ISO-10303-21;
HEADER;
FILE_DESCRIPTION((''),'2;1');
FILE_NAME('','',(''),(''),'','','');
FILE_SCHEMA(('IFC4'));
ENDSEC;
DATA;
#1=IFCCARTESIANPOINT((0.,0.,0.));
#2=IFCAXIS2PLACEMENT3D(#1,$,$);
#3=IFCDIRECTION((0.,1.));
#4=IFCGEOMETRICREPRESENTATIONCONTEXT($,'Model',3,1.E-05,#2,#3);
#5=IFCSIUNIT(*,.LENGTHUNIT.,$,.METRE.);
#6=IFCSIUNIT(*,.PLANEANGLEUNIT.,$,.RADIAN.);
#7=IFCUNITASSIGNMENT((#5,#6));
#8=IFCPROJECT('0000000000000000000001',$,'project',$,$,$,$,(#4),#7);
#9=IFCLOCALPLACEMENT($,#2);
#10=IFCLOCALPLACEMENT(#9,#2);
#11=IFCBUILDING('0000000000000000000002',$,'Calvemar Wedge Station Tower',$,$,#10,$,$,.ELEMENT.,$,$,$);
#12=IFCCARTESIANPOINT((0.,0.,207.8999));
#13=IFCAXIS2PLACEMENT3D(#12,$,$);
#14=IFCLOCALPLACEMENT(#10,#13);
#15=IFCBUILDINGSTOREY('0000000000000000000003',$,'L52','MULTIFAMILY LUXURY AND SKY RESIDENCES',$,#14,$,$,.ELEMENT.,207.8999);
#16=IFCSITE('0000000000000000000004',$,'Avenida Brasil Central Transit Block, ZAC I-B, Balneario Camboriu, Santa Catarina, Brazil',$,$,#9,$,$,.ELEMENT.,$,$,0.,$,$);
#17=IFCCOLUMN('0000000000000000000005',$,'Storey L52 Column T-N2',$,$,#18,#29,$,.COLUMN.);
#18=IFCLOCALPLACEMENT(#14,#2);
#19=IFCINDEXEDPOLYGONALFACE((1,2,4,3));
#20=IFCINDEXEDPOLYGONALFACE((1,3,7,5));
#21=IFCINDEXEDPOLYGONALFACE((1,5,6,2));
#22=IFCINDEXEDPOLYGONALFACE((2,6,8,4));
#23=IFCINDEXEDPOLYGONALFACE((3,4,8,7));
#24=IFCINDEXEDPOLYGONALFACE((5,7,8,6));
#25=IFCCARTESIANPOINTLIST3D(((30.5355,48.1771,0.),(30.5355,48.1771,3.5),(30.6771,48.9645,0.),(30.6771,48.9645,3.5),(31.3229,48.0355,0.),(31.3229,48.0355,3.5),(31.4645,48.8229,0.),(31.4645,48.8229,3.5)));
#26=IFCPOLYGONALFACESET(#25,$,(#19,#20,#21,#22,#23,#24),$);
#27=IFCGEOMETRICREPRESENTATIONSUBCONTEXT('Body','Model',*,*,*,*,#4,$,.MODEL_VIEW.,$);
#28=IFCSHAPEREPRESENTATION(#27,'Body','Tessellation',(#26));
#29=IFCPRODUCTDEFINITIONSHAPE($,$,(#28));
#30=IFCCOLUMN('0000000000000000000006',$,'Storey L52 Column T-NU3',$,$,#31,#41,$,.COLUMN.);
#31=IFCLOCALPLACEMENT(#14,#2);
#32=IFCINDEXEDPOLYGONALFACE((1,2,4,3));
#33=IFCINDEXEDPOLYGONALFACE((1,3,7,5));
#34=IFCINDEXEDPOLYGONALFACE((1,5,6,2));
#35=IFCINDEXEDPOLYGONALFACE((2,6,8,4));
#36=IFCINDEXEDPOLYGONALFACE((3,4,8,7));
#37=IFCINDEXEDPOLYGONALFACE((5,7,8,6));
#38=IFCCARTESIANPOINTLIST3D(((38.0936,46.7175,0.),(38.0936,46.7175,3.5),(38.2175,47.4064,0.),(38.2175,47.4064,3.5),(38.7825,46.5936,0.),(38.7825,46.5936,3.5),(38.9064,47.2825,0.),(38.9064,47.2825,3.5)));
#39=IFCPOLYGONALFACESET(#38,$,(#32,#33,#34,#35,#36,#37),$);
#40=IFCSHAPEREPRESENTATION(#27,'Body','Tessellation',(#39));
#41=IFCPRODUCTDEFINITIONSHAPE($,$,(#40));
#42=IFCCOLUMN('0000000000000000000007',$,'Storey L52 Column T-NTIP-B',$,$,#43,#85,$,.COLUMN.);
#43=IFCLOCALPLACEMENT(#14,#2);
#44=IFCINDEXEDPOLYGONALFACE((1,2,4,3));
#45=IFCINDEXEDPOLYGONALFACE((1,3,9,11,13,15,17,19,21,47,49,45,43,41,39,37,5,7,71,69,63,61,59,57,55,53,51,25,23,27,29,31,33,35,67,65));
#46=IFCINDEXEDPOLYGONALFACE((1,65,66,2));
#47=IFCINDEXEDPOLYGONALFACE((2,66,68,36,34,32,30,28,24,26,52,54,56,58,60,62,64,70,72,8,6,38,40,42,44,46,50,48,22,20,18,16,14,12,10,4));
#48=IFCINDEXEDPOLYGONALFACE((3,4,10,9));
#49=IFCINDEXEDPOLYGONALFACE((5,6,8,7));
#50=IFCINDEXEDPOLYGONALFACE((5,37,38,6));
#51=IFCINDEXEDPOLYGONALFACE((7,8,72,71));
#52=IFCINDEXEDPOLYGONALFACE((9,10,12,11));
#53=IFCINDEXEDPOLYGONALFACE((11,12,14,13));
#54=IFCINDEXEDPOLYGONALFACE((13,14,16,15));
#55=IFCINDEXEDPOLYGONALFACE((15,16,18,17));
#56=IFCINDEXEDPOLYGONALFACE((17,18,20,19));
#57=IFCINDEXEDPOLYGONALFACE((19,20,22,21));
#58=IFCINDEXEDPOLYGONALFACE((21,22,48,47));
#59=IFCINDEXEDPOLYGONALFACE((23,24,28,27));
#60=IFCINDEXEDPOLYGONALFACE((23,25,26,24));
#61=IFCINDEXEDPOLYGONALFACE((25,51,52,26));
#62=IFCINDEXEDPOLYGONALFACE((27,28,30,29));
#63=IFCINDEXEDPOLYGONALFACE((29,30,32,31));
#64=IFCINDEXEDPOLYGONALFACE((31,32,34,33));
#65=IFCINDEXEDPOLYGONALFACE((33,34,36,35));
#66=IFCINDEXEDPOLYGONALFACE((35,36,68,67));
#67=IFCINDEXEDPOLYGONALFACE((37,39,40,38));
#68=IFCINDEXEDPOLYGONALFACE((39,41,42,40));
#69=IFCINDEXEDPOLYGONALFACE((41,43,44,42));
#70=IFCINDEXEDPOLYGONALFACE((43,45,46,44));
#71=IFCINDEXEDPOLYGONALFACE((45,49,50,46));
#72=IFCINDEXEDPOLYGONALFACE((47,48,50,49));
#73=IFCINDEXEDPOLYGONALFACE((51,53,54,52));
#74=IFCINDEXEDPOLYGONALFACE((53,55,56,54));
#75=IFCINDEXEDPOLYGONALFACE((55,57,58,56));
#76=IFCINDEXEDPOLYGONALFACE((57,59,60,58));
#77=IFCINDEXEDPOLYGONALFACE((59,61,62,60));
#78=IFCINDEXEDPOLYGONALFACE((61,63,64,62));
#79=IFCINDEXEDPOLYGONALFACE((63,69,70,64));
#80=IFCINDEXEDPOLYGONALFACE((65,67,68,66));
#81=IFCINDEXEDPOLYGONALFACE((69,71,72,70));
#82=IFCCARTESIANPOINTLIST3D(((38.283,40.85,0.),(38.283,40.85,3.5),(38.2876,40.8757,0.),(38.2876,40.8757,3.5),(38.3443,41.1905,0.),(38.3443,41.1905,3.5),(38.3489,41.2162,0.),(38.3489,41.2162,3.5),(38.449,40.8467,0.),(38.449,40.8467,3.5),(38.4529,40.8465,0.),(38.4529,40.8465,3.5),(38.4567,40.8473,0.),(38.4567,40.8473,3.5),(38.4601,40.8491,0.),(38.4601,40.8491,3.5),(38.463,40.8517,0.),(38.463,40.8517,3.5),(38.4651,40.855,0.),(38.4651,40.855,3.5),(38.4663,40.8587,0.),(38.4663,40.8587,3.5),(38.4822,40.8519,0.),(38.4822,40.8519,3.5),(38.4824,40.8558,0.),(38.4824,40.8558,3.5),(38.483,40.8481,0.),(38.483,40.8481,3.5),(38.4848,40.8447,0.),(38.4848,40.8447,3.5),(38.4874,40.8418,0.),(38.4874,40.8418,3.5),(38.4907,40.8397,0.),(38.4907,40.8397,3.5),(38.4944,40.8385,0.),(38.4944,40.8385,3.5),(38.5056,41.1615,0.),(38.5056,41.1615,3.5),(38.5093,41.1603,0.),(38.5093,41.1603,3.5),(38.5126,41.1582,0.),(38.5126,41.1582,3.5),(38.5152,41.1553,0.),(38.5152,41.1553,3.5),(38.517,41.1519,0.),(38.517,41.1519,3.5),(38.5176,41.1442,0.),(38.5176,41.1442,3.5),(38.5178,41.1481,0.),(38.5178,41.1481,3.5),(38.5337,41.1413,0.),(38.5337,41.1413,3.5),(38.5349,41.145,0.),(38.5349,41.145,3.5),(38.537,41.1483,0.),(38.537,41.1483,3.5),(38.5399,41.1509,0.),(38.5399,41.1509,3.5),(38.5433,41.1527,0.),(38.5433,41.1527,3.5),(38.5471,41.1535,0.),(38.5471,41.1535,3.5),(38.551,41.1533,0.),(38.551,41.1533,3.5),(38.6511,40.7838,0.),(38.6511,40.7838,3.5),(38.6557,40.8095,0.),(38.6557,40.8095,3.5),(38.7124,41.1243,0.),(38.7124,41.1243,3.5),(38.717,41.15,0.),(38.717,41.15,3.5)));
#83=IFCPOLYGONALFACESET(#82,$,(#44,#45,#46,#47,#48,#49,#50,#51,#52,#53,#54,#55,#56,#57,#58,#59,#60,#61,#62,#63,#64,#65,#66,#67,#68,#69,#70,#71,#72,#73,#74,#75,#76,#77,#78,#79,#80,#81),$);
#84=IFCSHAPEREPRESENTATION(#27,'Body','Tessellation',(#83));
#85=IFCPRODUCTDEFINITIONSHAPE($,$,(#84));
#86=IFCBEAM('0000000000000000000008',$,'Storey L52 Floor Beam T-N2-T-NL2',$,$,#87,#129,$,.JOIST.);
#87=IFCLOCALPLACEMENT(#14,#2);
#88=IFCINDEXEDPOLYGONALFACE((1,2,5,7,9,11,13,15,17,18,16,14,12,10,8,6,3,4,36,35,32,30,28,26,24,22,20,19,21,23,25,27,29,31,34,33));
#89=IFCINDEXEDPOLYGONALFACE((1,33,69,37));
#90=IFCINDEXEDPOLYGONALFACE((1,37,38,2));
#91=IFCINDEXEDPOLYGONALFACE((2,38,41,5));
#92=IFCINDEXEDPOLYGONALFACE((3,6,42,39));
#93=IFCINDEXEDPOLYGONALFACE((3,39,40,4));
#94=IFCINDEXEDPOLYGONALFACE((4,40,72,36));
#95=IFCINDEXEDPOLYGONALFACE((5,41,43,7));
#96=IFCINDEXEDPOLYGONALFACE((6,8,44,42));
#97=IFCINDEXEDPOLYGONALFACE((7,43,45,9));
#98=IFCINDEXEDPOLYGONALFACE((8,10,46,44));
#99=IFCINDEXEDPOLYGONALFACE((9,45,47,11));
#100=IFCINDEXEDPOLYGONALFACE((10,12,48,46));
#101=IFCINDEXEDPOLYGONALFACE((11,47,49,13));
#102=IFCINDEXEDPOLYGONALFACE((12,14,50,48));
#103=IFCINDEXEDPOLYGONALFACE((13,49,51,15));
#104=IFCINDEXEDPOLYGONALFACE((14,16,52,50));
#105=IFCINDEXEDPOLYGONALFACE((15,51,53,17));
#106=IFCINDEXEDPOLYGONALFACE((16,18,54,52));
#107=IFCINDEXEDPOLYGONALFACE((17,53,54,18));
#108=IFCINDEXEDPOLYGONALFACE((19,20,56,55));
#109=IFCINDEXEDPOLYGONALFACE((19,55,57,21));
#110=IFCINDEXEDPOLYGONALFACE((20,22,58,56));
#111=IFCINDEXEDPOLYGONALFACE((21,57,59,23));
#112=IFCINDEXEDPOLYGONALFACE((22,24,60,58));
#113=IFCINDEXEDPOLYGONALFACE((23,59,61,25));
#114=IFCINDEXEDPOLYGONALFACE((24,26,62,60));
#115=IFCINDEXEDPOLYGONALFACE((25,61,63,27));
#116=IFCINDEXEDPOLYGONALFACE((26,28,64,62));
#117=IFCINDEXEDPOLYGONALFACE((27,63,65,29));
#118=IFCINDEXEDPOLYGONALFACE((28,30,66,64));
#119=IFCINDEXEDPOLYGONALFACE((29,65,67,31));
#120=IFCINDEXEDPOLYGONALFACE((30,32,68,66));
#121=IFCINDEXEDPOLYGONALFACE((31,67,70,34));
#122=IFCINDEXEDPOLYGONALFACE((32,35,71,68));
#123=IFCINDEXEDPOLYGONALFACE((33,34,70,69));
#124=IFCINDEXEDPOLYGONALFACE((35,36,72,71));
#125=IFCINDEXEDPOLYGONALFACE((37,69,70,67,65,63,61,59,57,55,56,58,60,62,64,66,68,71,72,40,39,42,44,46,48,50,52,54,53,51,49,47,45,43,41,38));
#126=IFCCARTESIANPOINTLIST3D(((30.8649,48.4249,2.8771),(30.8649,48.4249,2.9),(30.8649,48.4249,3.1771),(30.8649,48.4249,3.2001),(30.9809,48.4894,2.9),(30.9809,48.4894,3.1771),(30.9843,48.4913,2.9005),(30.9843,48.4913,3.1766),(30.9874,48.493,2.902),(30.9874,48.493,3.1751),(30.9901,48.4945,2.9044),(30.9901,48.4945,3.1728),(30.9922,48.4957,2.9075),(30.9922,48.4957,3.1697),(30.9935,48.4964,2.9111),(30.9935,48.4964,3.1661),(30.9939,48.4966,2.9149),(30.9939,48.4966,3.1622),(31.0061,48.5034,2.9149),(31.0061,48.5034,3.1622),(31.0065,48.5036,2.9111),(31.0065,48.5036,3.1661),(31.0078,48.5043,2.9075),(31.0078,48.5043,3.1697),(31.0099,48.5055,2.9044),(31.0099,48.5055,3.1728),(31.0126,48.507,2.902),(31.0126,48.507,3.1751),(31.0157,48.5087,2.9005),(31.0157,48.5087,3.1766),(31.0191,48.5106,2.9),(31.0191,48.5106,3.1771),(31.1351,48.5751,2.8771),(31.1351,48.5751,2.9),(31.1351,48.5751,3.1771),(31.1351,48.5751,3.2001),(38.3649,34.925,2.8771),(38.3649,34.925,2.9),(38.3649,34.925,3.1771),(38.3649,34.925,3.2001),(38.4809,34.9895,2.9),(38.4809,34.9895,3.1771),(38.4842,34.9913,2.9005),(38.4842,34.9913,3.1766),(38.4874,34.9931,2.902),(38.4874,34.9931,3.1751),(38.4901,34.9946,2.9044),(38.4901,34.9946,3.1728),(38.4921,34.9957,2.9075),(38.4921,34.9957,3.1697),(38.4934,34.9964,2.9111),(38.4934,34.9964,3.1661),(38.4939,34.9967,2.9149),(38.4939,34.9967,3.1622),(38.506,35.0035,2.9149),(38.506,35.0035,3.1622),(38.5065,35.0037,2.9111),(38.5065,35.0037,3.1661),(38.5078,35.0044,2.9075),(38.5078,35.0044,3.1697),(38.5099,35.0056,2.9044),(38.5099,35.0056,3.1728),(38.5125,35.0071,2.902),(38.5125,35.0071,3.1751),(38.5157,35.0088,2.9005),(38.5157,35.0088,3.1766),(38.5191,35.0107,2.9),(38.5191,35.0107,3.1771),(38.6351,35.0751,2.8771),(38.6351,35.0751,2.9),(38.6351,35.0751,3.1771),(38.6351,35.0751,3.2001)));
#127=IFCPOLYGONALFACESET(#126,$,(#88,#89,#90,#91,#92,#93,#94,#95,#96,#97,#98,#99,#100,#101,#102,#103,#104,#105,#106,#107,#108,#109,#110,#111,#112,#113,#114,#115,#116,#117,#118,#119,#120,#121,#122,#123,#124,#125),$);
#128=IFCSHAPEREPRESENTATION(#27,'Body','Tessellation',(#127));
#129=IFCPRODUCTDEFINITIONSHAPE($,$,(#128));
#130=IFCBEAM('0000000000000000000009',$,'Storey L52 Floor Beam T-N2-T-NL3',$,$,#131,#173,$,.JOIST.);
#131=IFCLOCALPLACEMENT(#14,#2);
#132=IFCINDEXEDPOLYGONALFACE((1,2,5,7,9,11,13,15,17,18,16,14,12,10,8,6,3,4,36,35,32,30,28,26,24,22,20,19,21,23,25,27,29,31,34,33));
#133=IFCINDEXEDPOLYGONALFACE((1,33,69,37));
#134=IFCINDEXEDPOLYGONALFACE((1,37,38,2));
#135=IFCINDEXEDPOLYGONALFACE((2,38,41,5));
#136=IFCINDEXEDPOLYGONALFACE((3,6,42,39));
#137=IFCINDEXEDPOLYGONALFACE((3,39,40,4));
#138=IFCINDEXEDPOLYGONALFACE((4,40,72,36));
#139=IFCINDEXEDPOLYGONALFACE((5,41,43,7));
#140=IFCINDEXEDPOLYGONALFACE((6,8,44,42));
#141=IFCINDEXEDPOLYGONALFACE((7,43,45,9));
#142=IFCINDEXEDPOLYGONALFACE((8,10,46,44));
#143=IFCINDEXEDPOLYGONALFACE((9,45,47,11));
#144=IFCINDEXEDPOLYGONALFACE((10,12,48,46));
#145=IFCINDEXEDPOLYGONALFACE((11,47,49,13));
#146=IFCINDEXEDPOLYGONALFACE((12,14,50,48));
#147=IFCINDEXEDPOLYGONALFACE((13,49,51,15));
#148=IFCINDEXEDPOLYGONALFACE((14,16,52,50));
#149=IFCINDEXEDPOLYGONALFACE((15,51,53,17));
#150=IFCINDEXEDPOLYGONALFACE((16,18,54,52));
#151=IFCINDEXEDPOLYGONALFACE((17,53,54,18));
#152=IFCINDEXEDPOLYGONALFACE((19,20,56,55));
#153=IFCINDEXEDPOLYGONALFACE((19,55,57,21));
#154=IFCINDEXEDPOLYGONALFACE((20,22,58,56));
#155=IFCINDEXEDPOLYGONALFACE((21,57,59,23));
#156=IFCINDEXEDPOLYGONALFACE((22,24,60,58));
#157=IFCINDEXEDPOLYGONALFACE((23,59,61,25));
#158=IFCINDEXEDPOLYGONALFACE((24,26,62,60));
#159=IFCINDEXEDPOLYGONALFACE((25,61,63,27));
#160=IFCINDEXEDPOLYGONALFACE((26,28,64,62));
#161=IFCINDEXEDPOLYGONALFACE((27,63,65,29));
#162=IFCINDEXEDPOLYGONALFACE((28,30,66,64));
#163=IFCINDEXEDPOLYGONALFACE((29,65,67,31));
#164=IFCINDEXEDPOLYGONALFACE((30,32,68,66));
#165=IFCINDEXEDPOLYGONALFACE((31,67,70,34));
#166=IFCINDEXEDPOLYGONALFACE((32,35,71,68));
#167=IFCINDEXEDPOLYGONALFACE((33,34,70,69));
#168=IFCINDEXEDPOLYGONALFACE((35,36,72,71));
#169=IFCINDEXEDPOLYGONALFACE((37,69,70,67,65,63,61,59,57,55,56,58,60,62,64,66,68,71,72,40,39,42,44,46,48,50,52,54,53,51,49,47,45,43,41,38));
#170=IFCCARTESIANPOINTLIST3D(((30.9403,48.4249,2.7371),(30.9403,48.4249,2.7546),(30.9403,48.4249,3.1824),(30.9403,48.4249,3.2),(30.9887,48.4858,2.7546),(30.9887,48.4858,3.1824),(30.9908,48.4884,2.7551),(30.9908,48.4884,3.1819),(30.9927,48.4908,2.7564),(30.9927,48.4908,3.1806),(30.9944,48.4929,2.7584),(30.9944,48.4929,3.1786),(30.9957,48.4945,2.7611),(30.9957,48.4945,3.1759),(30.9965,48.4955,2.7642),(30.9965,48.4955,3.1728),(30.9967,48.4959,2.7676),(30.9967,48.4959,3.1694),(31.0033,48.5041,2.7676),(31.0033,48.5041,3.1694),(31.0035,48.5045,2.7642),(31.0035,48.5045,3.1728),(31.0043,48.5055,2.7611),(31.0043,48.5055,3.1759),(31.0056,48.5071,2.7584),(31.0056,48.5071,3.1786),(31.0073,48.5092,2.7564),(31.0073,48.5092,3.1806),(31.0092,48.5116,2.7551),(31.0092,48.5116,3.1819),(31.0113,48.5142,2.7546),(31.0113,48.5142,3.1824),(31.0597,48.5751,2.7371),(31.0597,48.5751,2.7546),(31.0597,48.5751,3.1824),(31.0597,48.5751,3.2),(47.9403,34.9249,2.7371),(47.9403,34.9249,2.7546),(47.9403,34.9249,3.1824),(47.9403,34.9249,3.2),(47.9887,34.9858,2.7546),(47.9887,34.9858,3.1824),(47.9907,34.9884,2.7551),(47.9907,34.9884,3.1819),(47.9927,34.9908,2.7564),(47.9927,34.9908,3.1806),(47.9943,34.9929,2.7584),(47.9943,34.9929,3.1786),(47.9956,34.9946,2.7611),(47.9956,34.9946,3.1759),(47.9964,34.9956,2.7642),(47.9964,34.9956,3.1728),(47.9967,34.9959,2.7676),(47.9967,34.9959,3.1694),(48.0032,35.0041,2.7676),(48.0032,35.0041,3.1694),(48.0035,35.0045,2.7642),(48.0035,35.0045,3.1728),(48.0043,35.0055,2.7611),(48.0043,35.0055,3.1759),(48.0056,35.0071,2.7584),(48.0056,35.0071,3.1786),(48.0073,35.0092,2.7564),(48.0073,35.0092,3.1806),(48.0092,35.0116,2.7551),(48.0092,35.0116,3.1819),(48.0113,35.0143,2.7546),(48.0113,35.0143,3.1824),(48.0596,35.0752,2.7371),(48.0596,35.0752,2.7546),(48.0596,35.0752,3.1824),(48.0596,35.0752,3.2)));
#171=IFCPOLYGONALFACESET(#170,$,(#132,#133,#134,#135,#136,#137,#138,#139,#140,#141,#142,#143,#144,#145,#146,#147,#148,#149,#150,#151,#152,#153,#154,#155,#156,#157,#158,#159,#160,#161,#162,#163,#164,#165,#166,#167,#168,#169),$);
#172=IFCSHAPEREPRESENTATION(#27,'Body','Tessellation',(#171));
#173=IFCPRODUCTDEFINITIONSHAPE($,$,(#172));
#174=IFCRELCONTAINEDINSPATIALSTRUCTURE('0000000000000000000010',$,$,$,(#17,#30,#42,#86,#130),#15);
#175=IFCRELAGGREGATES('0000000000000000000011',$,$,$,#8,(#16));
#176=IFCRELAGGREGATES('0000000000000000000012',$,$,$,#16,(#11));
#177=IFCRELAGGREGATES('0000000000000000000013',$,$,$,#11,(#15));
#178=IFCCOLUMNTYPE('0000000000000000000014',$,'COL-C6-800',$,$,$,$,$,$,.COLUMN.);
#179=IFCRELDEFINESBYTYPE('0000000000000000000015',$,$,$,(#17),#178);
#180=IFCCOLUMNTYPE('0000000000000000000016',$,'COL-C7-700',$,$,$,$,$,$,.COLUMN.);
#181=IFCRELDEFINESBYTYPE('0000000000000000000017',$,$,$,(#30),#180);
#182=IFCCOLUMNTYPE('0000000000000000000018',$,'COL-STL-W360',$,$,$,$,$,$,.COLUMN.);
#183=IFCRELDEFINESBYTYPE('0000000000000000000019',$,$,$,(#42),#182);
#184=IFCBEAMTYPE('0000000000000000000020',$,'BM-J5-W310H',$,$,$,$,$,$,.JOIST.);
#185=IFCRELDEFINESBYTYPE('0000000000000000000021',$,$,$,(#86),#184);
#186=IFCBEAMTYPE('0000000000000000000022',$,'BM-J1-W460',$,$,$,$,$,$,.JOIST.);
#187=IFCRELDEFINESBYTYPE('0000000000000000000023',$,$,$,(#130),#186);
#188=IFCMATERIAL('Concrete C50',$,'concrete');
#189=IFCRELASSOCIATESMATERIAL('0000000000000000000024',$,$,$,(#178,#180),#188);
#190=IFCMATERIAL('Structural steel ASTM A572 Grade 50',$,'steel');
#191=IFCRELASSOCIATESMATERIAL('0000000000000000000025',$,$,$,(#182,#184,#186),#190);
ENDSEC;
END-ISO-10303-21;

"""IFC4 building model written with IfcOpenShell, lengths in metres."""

from ifc_helpers import new_model, si_unit, direction, frame, origin, origin_2d, place, context, subcontext, project, spatial, rectangle, i_section, extrude, source, transform, mapped, material, material_profile, profile_set, type_object, element, save


model = new_model("IFC4")

# Units and contexts
model_context = context("Model", 3, precision=1e-05, world=origin(), true_north=direction((0.0, 1.0)))
body_context = subcontext(model_context, "Body", "Model", "MODEL_VIEW")
ifc_project = project(units=[si_unit("LENGTHUNIT", "METRE"), si_unit("PLANEANGLEUNIT", "RADIAN")], contexts=[model_context])

# Site, building, storey
site_placement = place(None, origin())
site = spatial("IfcSite", under=ifc_project, at=site_placement, Name="Avenida Brasil Central Transit Block, ZAC I-B, Balneario Camboriu, Santa Catarina, Brazil", CompositionType="ELEMENT", RefElevation=0.0)
building_placement = place(site_placement, origin())
building = spatial("IfcBuilding", under=site, at=building_placement, Name="Calvemar Wedge Station Tower", CompositionType="ELEMENT")
storey_placement = place(building_placement, frame((0.0, 0.0, 207.8999)))
storey = spatial("IfcBuildingStorey", under=building, at=storey_placement, Name="L52", Description="MULTIFAMILY LUXURY AND SKY RESIDENCES", CompositionType="ELEMENT", Elevation=207.8999)

# Columns
ifc_material_1 = material(Name="Concrete C50", Category="concrete")
ifc_material_profile_1 = material_profile(ifc_material_1, rectangle(XDim=0.8, YDim=0.8, at=origin_2d()), Name="RC800x800")
ifc_profile_set_1 = profile_set([ifc_material_profile_1], Name="Concrete C50")
column_type_1 = type_object("IfcColumnType", Name="COL-C6-800", PredefinedType="COLUMN", material=ifc_profile_set_1)
shared_shape_1 = source(origin(), body_context, "Body", "SweptSolid", [
    extrude(rectangle(XDim=0.8, YDim=0.8, at=origin_2d()), origin(), (0.0, 0.0, 1.0), 3.5),
])
column_1_placement = place(storey_placement, frame((31.0, 48.5, 0.0), z_axis=(0.0, 0.0, 1.0), x_axis=(0.984196, -0.177085, 0.0)))
element("IfcColumn", 1, at=column_1_placement, inside=storey, type_object=column_type_1, Name="Storey L52 Column T-N2", PredefinedType="COLUMN", context=body_context, shape_type="MappedRepresentation", body=[
    mapped(shared_shape_1, transform((0.0, 0.0, 0.0), scale=1.0)),
])
ifc_material_profile_2 = material_profile(ifc_material_1, rectangle(XDim=0.7, YDim=0.7, at=origin_2d()), Name="RC700x700")
ifc_profile_set_2 = profile_set([ifc_material_profile_2], Name="Concrete C50")
column_type_2 = type_object("IfcColumnType", Name="COL-C7-700", PredefinedType="COLUMN", material=ifc_profile_set_2)
shared_shape_2 = source(origin(), body_context, "Body", "SweptSolid", [
    extrude(rectangle(XDim=0.7, YDim=0.7, at=origin_2d()), origin(), (0.0, 0.0, 1.0), 3.5),
])
column_2_placement = place(storey_placement, frame((38.5, 47.0, 0.0), z_axis=(0.0, 0.0, 1.0), x_axis=(0.984196, -0.177085, 0.0)))
element("IfcColumn", 2, at=column_2_placement, inside=storey, type_object=column_type_2, Name="Storey L52 Column T-NU3", PredefinedType="COLUMN", context=body_context, shape_type="MappedRepresentation", body=[
    mapped(shared_shape_2, transform((0.0, 0.0, 0.0), scale=1.0)),
])
ifc_material_2 = material(Name="Structural steel ASTM A572 Grade 50", Category="steel")
ifc_material_profile_3 = material_profile(ifc_material_2, i_section(OverallWidth=0.374, OverallDepth=0.3721, WebThickness=0.0164, FlangeThickness=0.0261, FilletRadius=0.0149, at=origin_2d()), Name="W360x196")
ifc_profile_set_3 = profile_set([ifc_material_profile_3], Name="Structural steel ASTM A572 Grade 50")
column_type_3 = type_object("IfcColumnType", Name="COL-STL-W360", PredefinedType="COLUMN", material=ifc_profile_set_3)
shared_shape_3 = source(origin(), body_context, "Body", "SweptSolid", [
    extrude(i_section(OverallWidth=0.374, OverallDepth=0.3721, WebThickness=0.0164, FlangeThickness=0.0261, FilletRadius=0.0149, at=origin_2d()), origin(), (0.0, 0.0, 1.0), 3.5),
])
column_3_placement = place(storey_placement, frame((38.5, 41.0, 0.0), z_axis=(0.0, 0.0, 1.0), x_axis=(0.984196, -0.177085, 0.0)))
element("IfcColumn", 3, at=column_3_placement, inside=storey, type_object=column_type_3, Name="Storey L52 Column T-NTIP-B", PredefinedType="COLUMN", context=body_context, shape_type="MappedRepresentation", body=[
    mapped(shared_shape_3, transform((0.0, 0.0, 0.0), scale=1.0)),
])

# Beams
ifc_material_profile_4 = material_profile(ifc_material_2, i_section(OverallWidth=0.3091, OverallDepth=0.323, WebThickness=0.0139, FlangeThickness=0.0229, FilletRadius=0.0149, at=origin_2d()), Name="W310x143")
ifc_profile_set_4 = profile_set([ifc_material_profile_4], Name="Structural steel ASTM A572 Grade 50")
beam_type_1 = type_object("IfcBeamType", Name="BM-J5-W310H", PredefinedType="JOIST", material=ifc_profile_set_4)
shared_shape_4 = source(origin(), body_context, "Body", "SweptSolid", [
    extrude(i_section(OverallWidth=0.3091, OverallDepth=0.323, WebThickness=0.0139, FlangeThickness=0.0229, FilletRadius=0.0149, at=origin_2d()), origin(), (0.0, 0.0, 1.0), 15.4434),
])
beam_1_placement = place(storey_placement, frame((31.0, 48.5, 3.0386), z_axis=(0.485643, -0.874157, 0.0), x_axis=(0.874157, 0.485643, 0.0)))
element("IfcBeam", 4, at=beam_1_placement, inside=storey, type_object=beam_type_1, Name="Storey L52 Floor Beam T-N2-T-NL2", PredefinedType="JOIST", context=body_context, shape_type="MappedRepresentation", body=[
    mapped(shared_shape_4, transform((0.0, 0.0, 0.0), scale=1.0)),
])
ifc_material_profile_5 = material_profile(ifc_material_2, i_section(OverallWidth=0.1919, OverallDepth=0.4629, WebThickness=0.0105, FlangeThickness=0.0176, FilletRadius=0.0129, at=origin_2d()), Name="W460x89")
ifc_profile_set_5 = profile_set([ifc_material_profile_5], Name="Structural steel ASTM A572 Grade 50")
beam_type_2 = type_object("IfcBeamType", Name="BM-J1-W460", PredefinedType="JOIST", material=ifc_profile_set_5)
shared_shape_5 = source(origin(), body_context, "Body", "SweptSolid", [
    extrude(i_section(OverallWidth=0.1919, OverallDepth=0.4629, WebThickness=0.0105, FlangeThickness=0.0176, FilletRadius=0.0129, at=origin_2d()), origin(), (0.0, 0.0, 1.0), 21.7083),
])
beam_2_placement = place(storey_placement, frame((31.0, 48.5, 2.9685), z_axis=(0.783111, -0.621882, 0.0), x_axis=(0.621882, 0.783111, 0.0)))
element("IfcBeam", 5, at=beam_2_placement, inside=storey, type_object=beam_type_2, Name="Storey L52 Floor Beam T-N2-T-NL3", PredefinedType="JOIST", context=body_context, shape_type="MappedRepresentation", body=[
    mapped(shared_shape_5, transform((0.0, 0.0, 0.0), scale=1.0)),
])

save(model, "model.ifc")
